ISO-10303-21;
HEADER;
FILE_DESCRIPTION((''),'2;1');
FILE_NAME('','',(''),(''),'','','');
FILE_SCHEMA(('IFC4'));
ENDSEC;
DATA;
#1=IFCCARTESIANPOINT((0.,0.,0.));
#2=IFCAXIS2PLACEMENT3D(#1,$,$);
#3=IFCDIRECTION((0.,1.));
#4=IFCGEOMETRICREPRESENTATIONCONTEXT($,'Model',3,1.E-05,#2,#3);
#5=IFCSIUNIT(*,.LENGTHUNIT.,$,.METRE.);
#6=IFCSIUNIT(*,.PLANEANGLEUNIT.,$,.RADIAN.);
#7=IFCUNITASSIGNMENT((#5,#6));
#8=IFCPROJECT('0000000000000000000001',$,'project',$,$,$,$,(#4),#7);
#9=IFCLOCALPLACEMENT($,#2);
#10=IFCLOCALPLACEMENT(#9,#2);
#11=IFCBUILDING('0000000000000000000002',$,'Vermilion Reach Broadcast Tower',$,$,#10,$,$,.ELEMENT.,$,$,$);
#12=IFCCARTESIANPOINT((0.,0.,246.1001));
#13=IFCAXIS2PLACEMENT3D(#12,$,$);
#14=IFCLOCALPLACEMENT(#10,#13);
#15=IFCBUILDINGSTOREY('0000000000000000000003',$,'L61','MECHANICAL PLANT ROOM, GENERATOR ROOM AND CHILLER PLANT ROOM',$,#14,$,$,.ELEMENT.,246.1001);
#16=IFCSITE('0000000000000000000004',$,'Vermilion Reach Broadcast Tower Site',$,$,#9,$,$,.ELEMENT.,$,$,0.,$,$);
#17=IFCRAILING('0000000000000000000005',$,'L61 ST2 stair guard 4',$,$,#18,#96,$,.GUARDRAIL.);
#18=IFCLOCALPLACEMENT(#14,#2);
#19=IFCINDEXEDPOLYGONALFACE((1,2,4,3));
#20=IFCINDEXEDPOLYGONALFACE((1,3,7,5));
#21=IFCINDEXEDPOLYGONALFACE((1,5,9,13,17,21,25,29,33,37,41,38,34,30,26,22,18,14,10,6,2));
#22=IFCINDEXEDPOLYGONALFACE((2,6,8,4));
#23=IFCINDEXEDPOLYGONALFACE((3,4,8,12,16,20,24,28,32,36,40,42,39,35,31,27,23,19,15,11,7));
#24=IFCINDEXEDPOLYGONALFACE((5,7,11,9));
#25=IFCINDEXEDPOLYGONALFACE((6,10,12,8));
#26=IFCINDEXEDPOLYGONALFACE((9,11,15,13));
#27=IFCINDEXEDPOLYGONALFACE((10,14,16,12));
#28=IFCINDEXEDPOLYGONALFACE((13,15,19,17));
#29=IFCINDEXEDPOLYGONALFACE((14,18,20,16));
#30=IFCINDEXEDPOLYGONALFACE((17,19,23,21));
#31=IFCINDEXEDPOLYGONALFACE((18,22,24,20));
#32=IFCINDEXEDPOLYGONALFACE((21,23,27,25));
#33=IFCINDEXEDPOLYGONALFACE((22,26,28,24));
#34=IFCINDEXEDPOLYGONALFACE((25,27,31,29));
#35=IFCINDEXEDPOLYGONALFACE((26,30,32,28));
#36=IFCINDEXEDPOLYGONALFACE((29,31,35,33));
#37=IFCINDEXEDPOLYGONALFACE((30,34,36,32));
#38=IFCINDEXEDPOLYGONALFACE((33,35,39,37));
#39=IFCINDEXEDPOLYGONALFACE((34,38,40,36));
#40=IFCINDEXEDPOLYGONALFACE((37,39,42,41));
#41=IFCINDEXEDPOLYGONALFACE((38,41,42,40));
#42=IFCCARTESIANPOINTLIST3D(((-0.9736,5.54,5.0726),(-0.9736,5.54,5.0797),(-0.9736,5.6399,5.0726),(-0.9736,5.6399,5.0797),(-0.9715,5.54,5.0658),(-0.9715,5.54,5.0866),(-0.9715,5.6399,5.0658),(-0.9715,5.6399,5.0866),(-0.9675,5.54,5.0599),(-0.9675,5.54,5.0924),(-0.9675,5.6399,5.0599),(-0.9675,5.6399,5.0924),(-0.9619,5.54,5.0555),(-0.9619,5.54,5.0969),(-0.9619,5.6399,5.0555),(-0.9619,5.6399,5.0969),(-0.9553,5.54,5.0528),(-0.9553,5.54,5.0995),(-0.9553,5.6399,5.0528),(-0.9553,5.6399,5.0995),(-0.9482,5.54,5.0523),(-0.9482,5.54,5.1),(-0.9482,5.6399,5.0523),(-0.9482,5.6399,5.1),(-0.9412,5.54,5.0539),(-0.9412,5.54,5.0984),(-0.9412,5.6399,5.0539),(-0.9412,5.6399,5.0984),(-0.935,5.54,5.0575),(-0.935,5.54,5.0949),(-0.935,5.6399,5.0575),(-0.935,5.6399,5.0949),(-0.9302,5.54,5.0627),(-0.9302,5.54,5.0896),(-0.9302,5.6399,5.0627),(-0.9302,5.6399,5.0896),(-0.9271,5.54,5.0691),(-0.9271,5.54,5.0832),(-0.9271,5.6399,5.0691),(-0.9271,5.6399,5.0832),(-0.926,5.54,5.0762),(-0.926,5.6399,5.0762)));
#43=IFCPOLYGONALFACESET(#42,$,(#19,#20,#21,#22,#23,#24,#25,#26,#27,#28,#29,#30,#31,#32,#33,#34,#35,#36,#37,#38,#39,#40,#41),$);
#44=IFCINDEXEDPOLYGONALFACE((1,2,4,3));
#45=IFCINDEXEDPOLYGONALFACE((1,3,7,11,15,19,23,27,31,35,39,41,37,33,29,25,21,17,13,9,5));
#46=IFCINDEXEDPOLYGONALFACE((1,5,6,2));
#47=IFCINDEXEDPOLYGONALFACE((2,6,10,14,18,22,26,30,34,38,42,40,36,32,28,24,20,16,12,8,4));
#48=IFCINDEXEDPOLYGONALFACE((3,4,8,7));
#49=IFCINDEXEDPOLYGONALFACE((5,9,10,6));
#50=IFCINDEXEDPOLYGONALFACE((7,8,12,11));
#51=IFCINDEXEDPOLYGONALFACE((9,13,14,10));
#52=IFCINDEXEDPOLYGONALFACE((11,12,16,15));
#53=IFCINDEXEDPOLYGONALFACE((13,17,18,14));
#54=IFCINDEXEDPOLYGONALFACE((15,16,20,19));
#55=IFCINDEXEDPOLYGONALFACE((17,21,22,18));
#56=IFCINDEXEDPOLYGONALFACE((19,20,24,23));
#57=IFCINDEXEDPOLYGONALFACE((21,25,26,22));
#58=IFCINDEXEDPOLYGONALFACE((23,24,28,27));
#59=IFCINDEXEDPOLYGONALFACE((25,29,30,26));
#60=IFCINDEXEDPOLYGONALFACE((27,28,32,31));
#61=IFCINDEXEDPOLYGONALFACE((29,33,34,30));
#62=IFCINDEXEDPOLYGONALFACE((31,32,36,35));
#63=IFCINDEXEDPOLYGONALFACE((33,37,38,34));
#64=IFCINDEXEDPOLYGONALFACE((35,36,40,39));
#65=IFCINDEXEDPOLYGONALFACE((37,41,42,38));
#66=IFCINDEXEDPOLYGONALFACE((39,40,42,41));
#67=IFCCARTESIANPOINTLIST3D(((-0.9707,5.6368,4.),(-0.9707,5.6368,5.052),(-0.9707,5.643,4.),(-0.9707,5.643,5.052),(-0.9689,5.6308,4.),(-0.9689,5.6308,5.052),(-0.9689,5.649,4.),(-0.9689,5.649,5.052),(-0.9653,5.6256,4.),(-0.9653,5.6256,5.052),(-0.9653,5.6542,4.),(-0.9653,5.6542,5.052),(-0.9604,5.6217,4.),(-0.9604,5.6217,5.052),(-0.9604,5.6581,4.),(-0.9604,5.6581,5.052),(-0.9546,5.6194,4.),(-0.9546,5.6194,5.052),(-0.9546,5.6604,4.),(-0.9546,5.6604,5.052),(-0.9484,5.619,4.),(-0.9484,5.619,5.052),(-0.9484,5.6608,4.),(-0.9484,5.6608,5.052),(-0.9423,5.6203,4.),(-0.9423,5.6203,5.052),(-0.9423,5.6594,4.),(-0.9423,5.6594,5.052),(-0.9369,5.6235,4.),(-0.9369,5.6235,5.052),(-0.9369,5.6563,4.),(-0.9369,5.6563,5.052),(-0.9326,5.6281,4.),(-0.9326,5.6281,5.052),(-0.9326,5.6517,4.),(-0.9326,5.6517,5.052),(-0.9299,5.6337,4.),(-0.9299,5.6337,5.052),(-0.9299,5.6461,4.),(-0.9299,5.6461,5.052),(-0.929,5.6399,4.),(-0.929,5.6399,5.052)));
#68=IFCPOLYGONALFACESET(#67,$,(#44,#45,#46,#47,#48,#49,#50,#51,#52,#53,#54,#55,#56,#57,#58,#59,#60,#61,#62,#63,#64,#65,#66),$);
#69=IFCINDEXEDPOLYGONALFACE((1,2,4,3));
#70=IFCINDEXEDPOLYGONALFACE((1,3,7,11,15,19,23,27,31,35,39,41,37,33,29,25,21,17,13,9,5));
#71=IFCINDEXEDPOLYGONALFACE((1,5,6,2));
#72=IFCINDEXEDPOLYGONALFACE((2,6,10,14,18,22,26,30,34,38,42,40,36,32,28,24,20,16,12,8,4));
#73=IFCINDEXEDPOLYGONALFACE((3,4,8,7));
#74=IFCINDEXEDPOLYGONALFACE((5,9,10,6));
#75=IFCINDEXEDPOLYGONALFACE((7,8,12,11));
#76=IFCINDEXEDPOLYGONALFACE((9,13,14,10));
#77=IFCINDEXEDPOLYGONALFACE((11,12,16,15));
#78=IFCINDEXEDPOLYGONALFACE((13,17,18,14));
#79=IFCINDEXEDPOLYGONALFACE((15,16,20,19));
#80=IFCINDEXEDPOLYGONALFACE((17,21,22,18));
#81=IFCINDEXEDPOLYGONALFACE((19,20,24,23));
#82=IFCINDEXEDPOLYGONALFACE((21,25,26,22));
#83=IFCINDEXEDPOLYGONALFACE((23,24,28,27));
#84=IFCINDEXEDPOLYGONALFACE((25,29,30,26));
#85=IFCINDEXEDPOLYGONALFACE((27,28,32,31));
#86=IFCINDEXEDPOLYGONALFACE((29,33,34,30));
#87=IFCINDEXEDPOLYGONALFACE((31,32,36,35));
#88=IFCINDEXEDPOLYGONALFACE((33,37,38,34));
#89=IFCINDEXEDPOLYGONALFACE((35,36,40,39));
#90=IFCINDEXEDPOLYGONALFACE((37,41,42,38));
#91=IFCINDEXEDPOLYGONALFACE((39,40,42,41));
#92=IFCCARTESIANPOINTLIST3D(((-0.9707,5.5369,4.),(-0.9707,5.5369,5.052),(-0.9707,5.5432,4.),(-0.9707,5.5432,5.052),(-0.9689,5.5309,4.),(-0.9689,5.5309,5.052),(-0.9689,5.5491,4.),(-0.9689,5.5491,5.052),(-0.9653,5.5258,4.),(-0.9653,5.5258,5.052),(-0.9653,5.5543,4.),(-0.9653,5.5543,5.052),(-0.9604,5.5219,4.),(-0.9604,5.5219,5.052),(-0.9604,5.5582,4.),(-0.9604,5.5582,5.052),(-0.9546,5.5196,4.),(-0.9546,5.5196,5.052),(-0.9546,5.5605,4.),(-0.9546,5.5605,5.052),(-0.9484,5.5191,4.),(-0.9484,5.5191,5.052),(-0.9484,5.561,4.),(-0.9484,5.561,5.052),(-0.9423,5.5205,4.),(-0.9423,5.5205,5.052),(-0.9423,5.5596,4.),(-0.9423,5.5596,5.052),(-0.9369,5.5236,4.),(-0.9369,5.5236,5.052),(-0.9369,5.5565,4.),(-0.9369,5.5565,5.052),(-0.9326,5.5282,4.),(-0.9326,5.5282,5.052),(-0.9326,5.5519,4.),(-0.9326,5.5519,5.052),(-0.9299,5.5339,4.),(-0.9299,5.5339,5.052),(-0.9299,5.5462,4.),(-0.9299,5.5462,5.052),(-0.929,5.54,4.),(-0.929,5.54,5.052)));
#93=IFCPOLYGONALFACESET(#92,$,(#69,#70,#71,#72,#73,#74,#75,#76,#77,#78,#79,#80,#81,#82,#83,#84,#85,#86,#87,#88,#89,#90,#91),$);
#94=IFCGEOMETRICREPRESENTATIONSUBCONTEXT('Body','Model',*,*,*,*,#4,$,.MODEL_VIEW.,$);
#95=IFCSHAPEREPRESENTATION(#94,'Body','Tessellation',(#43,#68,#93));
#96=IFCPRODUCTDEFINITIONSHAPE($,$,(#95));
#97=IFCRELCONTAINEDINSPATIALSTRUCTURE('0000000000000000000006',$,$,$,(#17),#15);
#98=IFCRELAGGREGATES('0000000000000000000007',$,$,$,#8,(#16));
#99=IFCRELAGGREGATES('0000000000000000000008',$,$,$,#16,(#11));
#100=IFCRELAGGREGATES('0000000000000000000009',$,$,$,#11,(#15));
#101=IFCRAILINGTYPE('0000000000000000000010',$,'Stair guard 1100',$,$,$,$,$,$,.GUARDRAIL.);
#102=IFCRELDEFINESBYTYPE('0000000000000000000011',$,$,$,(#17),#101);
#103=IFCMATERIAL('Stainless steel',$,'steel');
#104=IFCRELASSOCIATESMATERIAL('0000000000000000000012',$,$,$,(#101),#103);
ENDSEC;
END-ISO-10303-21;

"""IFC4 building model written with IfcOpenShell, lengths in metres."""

from ifc_helpers import new_model, si_unit, direction, frame, origin, origin_2d, place, context, subcontext, project, spatial, circle, extrude, material, type_object, element, save


model = new_model("IFC4")

# Units and contexts
model_context = context("Model", 3, precision=1e-05, world=origin(), true_north=direction((0.0, 1.0)))
body_context = subcontext(model_context, "Body", "Model", "MODEL_VIEW")
ifc_project = project(units=[si_unit("LENGTHUNIT", "METRE"), si_unit("PLANEANGLEUNIT", "RADIAN")], contexts=[model_context])

# Site, building, storey
site_placement = place(None, origin())
site = spatial("IfcSite", under=ifc_project, at=site_placement, Name="Vermilion Reach Broadcast Tower Site", CompositionType="ELEMENT", RefElevation=0.0)
building_placement = place(site_placement, origin())
building = spatial("IfcBuilding", under=site, at=building_placement, Name="Vermilion Reach Broadcast Tower", CompositionType="ELEMENT")
storey_placement = place(building_placement, frame((0.0, 0.0, 246.1001)))
storey = spatial("IfcBuildingStorey", under=building, at=storey_placement, Name="L61", Description="MECHANICAL PLANT ROOM, GENERATOR ROOM AND CHILLER PLANT ROOM", CompositionType="ELEMENT", Elevation=246.1001)

# Railing
ifc_material_1 = material(Name="Stainless steel", Category="steel")
railing_type_1 = type_object("IfcRailingType", Name="Stair guard 1100", PredefinedType="GUARDRAIL", material=ifc_material_1)
railing_1_placement = place(storey_placement, frame((-0.95, 5.6399, 4.0)))
element("IfcRailing", 1, at=railing_1_placement, inside=storey, type_object=railing_type_1, Name="L61 ST2 stair guard 4", PredefinedType="GUARDRAIL", context=body_context, shape_type="SweptSolid", body=[
    extrude(circle(Radius=0.0239, at=origin_2d()), frame((0.0, 0.0, 1.0762), z_axis=(0.0, -1.0, 0.0), x_axis=(1.0, 0.0, 0.0)), (0.0, 0.0, 1.0), 0.0999),
    extrude(circle(Radius=0.021, at=origin_2d()), origin(), (0.0, 0.0, 1.0), 1.052),
    extrude(circle(Radius=0.021, at=origin_2d()), frame((0.0, -0.0999, 0.0)), (0.0, 0.0, 1.0), 1.052),
])

save(model, "model.ifc")
